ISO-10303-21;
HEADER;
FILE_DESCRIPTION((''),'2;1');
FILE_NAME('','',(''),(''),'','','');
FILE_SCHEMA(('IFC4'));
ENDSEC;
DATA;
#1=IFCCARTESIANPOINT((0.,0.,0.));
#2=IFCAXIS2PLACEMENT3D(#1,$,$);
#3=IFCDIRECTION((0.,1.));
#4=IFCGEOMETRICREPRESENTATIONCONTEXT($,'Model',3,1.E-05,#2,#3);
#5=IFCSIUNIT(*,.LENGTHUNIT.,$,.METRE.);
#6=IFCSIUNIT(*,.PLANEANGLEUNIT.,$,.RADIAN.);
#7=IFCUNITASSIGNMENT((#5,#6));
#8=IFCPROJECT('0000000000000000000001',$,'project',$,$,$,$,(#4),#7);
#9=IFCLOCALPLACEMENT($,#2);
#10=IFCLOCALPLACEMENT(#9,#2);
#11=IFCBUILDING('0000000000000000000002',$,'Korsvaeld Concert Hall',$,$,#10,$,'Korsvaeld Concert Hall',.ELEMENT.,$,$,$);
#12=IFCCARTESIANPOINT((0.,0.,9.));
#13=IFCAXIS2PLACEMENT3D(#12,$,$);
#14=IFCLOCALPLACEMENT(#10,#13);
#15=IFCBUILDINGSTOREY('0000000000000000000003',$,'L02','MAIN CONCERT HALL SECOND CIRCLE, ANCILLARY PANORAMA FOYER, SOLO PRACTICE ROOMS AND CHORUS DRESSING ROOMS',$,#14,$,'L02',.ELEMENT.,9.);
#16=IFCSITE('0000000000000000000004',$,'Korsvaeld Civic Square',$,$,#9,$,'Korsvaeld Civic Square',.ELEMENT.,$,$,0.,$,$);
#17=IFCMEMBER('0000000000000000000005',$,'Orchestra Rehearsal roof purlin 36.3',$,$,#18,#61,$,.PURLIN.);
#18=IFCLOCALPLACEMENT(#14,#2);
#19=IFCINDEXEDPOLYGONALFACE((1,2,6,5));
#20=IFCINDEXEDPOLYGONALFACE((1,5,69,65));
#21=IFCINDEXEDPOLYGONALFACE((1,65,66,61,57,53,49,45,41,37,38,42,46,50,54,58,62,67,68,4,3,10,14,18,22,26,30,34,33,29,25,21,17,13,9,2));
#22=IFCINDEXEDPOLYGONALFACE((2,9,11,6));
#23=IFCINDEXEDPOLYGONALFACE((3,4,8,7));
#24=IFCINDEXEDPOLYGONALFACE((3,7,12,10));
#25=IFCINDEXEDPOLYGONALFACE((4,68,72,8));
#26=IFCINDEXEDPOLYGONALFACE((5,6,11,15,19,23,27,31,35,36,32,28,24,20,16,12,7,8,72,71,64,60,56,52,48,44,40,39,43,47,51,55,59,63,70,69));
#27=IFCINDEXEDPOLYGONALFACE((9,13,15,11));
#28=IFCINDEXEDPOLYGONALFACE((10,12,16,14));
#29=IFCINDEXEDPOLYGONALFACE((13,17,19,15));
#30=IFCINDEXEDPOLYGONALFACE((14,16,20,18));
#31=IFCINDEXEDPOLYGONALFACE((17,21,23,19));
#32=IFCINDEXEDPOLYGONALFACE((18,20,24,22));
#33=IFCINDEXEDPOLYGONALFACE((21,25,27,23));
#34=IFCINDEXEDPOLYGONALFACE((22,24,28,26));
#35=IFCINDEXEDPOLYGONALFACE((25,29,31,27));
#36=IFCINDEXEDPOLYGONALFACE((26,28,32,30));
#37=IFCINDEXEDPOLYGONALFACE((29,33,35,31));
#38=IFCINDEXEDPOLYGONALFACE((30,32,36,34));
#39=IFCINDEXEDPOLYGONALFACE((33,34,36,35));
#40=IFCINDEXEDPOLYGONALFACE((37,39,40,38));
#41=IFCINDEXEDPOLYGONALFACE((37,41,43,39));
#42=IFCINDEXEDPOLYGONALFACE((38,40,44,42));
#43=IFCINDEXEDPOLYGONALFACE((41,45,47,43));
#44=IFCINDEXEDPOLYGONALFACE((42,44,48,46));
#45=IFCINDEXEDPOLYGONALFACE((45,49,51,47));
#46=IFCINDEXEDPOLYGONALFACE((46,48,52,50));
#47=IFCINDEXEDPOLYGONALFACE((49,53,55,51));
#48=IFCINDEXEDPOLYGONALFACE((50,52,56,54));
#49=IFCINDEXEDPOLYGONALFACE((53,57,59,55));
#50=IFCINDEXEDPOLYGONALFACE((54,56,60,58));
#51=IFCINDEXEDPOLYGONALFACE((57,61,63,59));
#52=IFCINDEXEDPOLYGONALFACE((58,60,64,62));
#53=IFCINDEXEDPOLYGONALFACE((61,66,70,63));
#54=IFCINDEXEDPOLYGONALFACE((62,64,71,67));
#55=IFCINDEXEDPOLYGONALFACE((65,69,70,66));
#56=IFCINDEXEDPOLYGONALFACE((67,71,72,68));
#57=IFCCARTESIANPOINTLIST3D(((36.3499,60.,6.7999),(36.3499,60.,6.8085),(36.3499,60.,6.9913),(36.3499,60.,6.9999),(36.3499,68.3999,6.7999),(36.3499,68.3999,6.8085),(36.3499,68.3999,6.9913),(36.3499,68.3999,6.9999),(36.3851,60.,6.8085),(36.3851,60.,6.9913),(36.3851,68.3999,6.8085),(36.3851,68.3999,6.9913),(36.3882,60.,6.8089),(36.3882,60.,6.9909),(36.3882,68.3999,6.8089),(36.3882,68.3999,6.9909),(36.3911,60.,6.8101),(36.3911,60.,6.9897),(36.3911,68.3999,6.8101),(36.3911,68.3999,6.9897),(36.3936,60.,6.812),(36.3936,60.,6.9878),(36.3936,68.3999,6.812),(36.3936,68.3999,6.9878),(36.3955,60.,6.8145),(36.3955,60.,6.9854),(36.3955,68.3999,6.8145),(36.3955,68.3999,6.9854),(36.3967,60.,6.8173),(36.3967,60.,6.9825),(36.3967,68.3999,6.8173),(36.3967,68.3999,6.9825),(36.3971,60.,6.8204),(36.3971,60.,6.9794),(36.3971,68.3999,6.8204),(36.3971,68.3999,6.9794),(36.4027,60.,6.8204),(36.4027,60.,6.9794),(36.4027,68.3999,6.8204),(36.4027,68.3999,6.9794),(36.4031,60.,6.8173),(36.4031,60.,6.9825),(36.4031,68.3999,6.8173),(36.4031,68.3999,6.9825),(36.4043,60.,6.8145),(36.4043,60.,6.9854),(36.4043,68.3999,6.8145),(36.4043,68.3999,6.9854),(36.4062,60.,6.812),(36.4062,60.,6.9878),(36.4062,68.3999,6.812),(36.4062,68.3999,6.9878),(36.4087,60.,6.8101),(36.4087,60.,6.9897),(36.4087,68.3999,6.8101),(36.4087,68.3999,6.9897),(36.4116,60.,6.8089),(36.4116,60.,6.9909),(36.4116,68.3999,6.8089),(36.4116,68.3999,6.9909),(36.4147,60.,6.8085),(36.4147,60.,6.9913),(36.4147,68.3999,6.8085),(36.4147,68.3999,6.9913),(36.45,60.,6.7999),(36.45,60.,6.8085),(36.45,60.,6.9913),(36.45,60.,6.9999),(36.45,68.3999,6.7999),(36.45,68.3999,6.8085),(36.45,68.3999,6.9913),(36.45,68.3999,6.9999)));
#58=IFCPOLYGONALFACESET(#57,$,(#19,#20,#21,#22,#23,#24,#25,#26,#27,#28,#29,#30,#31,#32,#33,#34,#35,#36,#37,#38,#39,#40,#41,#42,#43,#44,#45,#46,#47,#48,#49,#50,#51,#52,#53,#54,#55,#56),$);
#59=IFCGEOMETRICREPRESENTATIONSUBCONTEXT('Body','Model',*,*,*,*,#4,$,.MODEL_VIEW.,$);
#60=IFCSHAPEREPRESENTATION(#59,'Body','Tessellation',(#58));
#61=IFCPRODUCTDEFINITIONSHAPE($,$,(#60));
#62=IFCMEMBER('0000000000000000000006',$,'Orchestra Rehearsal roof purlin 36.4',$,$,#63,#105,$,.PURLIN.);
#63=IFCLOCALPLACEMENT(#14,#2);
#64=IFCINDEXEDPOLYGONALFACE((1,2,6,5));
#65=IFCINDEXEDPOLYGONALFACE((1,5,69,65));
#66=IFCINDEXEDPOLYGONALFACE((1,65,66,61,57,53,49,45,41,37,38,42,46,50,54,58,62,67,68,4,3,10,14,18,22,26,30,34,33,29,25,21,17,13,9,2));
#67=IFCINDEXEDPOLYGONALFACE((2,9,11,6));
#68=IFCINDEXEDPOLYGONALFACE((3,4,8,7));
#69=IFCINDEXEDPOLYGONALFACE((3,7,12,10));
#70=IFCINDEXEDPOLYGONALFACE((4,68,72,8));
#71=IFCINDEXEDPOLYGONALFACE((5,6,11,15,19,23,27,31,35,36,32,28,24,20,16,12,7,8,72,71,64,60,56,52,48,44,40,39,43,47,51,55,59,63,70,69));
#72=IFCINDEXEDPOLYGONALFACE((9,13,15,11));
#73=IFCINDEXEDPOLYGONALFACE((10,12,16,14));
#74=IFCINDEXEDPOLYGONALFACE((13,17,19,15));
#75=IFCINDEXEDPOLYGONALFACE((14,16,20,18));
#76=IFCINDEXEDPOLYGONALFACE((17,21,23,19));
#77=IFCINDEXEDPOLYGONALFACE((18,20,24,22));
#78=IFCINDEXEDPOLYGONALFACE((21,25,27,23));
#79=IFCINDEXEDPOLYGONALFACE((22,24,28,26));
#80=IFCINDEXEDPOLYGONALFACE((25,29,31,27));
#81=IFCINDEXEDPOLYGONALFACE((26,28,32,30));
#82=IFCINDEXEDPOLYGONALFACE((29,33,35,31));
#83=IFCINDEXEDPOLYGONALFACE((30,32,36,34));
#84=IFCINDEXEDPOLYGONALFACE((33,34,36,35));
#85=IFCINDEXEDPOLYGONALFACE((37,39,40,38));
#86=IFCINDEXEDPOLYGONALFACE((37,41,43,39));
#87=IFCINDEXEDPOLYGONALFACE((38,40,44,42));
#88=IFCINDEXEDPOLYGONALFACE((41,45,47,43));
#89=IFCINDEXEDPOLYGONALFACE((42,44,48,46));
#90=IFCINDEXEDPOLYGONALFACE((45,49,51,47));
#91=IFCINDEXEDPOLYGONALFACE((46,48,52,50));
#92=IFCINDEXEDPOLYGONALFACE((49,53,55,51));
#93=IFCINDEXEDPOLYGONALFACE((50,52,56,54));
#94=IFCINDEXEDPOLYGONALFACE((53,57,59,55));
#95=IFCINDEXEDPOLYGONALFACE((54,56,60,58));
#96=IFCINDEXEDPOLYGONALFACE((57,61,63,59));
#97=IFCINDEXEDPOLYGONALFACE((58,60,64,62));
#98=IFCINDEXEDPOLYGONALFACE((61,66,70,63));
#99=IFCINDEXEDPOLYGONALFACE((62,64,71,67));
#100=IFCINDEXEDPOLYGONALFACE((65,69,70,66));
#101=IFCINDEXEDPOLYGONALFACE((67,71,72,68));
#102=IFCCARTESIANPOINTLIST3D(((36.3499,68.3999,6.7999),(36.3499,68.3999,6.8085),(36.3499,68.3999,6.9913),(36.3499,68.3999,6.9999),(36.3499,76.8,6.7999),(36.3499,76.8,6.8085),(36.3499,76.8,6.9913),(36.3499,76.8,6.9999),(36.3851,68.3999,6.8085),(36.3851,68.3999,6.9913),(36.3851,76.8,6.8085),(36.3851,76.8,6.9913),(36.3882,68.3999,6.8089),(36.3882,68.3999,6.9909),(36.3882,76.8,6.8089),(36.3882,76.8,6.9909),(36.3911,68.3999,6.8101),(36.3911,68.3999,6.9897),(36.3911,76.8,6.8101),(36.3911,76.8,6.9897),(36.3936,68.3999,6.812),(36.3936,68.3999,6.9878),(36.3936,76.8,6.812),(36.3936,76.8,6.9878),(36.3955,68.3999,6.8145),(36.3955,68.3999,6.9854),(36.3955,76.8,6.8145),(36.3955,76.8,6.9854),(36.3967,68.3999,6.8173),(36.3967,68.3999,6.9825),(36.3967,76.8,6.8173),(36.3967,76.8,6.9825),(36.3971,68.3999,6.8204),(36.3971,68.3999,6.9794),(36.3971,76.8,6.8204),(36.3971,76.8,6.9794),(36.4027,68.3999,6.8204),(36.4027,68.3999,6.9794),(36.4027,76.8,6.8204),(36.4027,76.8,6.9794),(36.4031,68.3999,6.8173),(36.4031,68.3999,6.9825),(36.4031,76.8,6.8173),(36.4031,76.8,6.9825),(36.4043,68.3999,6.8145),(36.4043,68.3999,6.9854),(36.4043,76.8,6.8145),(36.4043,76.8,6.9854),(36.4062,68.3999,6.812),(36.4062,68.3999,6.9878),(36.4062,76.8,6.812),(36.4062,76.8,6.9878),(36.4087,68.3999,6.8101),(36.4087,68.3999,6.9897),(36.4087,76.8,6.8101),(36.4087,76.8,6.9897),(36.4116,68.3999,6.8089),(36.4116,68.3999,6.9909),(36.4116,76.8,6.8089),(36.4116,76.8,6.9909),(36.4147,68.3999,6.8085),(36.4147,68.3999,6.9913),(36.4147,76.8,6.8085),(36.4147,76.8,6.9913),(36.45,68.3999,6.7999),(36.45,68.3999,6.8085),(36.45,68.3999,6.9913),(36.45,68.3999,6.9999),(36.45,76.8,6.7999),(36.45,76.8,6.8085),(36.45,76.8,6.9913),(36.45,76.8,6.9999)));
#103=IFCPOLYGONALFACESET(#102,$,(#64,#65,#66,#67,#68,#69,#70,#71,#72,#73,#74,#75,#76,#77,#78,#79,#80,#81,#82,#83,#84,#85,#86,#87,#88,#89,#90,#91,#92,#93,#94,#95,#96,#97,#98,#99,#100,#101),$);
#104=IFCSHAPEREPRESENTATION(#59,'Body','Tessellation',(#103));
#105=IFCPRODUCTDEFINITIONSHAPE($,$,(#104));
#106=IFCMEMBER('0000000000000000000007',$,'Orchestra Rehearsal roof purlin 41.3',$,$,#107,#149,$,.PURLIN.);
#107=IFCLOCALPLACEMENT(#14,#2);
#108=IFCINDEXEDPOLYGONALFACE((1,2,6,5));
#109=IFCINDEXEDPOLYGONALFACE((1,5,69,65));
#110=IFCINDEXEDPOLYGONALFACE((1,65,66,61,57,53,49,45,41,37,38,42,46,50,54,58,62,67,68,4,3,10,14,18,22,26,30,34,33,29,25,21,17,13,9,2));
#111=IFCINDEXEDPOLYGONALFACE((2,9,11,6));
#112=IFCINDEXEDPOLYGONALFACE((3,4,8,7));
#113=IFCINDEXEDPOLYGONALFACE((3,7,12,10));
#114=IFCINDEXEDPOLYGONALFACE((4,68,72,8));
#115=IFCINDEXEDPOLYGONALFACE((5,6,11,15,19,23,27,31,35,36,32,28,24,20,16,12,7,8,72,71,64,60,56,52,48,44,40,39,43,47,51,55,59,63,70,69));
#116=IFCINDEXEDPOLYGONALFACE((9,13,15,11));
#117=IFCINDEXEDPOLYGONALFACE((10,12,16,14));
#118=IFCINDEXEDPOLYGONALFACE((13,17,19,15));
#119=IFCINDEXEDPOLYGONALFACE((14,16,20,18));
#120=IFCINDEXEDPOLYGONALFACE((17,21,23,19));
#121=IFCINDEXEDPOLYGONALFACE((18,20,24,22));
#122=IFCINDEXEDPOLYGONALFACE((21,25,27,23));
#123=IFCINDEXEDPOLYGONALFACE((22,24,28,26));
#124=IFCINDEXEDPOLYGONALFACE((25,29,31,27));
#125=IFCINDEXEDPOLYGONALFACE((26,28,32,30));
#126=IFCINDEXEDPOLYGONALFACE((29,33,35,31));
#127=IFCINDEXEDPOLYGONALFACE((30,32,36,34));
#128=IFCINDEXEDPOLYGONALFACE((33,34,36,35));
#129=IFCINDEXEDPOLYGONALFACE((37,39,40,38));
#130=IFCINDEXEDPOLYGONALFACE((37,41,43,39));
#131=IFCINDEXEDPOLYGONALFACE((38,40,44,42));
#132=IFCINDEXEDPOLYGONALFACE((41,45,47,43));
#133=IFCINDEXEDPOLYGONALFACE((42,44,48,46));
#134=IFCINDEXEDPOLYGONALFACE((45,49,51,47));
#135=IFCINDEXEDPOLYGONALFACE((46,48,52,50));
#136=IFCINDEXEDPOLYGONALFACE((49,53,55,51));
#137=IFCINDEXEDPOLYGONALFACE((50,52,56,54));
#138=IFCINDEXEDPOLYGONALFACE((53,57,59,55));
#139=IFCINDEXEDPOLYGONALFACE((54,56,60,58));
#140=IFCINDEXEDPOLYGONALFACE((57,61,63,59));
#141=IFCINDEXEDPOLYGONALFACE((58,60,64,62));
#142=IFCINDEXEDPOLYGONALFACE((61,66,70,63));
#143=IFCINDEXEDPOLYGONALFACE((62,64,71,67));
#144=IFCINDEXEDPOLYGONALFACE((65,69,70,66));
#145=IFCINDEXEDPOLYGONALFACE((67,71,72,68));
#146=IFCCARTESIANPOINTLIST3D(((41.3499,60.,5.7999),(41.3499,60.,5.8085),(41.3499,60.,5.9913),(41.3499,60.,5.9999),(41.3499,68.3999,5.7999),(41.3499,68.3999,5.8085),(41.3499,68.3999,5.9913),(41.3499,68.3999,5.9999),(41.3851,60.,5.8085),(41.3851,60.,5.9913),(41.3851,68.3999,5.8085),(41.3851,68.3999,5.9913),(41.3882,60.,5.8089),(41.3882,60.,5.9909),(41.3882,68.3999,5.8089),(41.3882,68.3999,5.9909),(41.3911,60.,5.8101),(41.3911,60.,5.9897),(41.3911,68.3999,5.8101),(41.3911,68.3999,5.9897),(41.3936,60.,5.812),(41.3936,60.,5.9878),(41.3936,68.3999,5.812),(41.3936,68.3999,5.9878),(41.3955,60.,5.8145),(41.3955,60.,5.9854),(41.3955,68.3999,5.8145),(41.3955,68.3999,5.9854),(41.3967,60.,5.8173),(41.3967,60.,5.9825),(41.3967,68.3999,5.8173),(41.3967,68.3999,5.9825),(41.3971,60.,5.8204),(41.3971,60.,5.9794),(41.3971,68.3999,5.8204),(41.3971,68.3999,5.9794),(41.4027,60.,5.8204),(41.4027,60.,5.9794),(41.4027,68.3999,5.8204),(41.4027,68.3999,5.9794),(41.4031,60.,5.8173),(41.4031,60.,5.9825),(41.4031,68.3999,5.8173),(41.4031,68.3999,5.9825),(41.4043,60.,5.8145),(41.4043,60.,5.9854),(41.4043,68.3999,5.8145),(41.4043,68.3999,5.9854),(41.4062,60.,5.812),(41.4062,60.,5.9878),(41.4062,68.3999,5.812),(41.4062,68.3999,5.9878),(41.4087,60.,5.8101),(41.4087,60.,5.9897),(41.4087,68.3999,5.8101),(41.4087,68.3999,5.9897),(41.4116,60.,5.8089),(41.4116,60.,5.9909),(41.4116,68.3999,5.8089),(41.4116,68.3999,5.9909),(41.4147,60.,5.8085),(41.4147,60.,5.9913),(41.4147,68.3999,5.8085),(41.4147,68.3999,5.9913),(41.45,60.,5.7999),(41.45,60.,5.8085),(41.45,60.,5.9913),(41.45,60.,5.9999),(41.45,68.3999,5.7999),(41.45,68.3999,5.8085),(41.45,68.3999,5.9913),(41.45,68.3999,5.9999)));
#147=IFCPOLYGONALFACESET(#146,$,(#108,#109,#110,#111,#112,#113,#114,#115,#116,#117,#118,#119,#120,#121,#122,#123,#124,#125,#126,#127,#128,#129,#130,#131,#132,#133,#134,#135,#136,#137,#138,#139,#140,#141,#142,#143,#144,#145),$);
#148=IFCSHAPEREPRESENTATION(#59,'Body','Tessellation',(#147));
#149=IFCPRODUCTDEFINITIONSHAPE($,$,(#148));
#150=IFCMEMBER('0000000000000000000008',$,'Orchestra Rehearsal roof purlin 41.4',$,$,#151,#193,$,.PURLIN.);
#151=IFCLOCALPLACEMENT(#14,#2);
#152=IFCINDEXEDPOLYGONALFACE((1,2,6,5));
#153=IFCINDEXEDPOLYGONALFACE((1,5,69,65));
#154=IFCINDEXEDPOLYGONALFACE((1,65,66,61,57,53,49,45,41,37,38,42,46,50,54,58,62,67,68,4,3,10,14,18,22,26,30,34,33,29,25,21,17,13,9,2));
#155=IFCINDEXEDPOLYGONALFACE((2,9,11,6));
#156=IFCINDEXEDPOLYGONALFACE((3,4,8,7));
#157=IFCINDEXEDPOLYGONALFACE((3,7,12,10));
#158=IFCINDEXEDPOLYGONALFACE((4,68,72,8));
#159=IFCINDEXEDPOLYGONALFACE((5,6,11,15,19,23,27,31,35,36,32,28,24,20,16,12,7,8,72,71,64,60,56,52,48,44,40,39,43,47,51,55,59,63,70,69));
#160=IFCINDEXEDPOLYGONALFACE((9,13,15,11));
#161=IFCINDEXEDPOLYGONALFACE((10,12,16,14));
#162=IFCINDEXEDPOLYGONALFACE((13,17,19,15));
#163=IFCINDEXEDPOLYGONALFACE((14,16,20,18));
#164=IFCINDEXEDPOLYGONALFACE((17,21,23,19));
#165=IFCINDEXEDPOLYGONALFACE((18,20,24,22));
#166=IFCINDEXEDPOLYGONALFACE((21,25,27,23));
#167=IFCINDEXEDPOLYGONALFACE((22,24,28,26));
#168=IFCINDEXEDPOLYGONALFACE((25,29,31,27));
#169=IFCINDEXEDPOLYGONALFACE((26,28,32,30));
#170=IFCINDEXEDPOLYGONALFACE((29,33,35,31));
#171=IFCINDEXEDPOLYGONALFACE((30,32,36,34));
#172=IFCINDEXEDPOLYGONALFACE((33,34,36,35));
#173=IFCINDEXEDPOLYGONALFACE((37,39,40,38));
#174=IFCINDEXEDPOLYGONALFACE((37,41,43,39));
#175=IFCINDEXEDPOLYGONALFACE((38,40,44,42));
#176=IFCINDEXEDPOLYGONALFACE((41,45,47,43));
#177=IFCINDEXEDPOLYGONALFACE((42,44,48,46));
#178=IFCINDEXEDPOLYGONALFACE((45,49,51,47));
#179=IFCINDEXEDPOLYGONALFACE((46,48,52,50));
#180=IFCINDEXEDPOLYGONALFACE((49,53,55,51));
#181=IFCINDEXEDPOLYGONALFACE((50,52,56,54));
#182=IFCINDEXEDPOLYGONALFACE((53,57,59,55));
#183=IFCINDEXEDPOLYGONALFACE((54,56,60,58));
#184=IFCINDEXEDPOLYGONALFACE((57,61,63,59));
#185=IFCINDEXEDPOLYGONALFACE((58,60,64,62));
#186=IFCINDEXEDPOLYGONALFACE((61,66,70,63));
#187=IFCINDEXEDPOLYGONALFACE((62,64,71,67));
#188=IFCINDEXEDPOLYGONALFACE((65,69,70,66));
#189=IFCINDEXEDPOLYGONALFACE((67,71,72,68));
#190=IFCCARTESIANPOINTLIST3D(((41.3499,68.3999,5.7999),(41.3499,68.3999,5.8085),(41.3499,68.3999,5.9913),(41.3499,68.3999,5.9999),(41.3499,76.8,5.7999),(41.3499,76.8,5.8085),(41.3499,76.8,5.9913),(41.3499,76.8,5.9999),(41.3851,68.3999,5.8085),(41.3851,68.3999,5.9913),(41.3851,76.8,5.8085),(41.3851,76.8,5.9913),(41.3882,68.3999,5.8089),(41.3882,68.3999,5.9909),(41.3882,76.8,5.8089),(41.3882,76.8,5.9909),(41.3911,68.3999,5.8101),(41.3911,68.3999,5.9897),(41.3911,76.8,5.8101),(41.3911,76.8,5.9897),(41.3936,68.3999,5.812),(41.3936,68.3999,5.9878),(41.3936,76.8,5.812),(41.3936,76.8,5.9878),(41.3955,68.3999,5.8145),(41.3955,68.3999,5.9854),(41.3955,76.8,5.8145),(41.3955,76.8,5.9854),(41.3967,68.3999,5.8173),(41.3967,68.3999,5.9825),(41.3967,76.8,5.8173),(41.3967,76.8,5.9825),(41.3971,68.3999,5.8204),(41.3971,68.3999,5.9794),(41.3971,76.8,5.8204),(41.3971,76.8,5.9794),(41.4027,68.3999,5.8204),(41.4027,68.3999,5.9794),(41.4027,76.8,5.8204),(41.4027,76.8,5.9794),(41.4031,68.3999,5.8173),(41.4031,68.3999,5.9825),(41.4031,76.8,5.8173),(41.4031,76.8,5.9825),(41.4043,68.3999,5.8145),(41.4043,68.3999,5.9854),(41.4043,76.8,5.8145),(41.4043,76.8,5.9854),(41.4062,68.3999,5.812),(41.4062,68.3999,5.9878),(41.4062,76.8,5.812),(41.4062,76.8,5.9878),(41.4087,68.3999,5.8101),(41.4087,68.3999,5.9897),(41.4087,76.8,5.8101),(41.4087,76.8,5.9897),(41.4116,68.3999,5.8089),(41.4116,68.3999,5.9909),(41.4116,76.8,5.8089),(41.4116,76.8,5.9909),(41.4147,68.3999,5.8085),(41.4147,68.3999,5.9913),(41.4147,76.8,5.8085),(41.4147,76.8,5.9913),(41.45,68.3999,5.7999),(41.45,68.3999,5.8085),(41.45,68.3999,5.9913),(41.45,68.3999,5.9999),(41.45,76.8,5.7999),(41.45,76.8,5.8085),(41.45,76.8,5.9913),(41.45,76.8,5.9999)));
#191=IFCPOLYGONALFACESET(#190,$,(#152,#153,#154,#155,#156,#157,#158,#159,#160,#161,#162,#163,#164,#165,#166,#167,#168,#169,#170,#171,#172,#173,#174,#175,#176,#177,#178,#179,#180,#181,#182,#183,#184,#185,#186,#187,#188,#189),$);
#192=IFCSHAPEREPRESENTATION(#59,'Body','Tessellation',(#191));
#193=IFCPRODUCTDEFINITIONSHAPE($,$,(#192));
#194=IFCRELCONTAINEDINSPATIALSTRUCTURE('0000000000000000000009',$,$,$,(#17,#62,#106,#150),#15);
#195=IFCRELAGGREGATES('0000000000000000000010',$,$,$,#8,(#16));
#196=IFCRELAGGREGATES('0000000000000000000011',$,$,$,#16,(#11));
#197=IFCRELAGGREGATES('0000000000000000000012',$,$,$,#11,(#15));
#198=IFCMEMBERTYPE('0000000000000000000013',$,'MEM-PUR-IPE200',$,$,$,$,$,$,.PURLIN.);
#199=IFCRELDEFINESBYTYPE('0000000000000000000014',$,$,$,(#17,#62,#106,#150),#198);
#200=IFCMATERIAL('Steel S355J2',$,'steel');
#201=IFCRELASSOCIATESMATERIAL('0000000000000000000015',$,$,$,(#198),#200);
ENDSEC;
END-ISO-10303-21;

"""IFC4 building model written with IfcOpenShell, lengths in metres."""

from ifc_helpers import new_model, si_unit, direction, frame, origin, origin_2d, place, context, subcontext, project, spatial, i_section, extrude, material, material_profile, profile_set, type_object, element, save


model = new_model("IFC4")

# Units and contexts
model_context = context("Model", 3, precision=1e-05, world=origin(), true_north=direction((0.0, 1.0)))
body_context = subcontext(model_context, "Body", "Model", "MODEL_VIEW")
ifc_project = project(units=[si_unit("LENGTHUNIT", "METRE"), si_unit("PLANEANGLEUNIT", "RADIAN")], contexts=[model_context])

# Site, building, storey
site_placement = place(None, origin())
site = spatial("IfcSite", under=ifc_project, at=site_placement, Name="Korsvaeld Civic Square", LongName="Korsvaeld Civic Square", CompositionType="ELEMENT", RefElevation=0.0)
building_placement = place(site_placement, origin())
building = spatial("IfcBuilding", under=site, at=building_placement, Name="Korsvaeld Concert Hall", LongName="Korsvaeld Concert Hall", CompositionType="ELEMENT")
storey_placement = place(building_placement, frame((0.0, 0.0, 9.0)))
storey = spatial("IfcBuildingStorey", under=building, at=storey_placement, Name="L02", Description="MAIN CONCERT HALL SECOND CIRCLE, ANCILLARY PANORAMA FOYER, SOLO PRACTICE ROOMS AND CHORUS DRESSING ROOMS", LongName="L02", CompositionType="ELEMENT", Elevation=9.0)

# Members
ifc_material_1 = material(Name="Steel S355J2", Category="steel")
ifc_material_profile_1 = material_profile(ifc_material_1, i_section(OverallWidth=0.1001, OverallDepth=0.2, WebThickness=0.0056, FlangeThickness=0.0085, FilletRadius=0.012, at=origin_2d()), Name="IPE 200")
ifc_profile_set_1 = profile_set([ifc_material_profile_1], Name="Steel S355J2")
member_type_1 = type_object("IfcMemberType", Name="MEM-PUR-IPE200", PredefinedType="PURLIN", material=ifc_profile_set_1)
member_1_placement = place(storey_placement, frame((36.3999, 60.0, 6.8999), z_axis=(0.0, 1.0, 0.0), x_axis=(-1.0, 0.0, 0.0)))
element("IfcMember", 1, at=member_1_placement, inside=storey, type_object=member_type_1, Name="Orchestra Rehearsal roof purlin 36.3", PredefinedType="PURLIN", context=body_context, shape_type="SweptSolid", body=[
    extrude(i_section(OverallWidth=0.1001, OverallDepth=0.2, WebThickness=0.0056, FlangeThickness=0.0085, FilletRadius=0.012, at=origin_2d()), origin(), (0.0, 0.0, 1.0), 8.3999),
])
member_2_placement = place(storey_placement, frame((36.3999, 68.3999, 6.8999), z_axis=(0.0, 1.0, 0.0), x_axis=(-1.0, 0.0, 0.0)))
element("IfcMember", 2, at=member_2_placement, inside=storey, type_object=member_type_1, Name="Orchestra Rehearsal roof purlin 36.4", PredefinedType="PURLIN", context=body_context, shape_type="SweptSolid", body=[
    extrude(i_section(OverallWidth=0.1001, OverallDepth=0.2, WebThickness=0.0056, FlangeThickness=0.0085, FilletRadius=0.012, at=origin_2d()), origin(), (0.0, 0.0, 1.0), 8.4001),
])
member_3_placement = place(storey_placement, frame((41.3999, 60.0, 5.8999), z_axis=(0.0, 1.0, 0.0), x_axis=(-1.0, 0.0, 0.0)))
element("IfcMember", 3, at=member_3_placement, inside=storey, type_object=member_type_1, Name="Orchestra Rehearsal roof purlin 41.3", PredefinedType="PURLIN", context=body_context, shape_type="SweptSolid", body=[
    extrude(i_section(OverallWidth=0.1001, OverallDepth=0.2, WebThickness=0.0056, FlangeThickness=0.0085, FilletRadius=0.012, at=origin_2d()), origin(), (0.0, 0.0, 1.0), 8.3999),
])
member_4_placement = place(storey_placement, frame((41.3999, 68.3999, 5.8999), z_axis=(0.0, 1.0, 0.0), x_axis=(-1.0, 0.0, 0.0)))
element("IfcMember", 4, at=member_4_placement, inside=storey, type_object=member_type_1, Name="Orchestra Rehearsal roof purlin 41.4", PredefinedType="PURLIN", context=body_context, shape_type="SweptSolid", body=[
    extrude(i_section(OverallWidth=0.1001, OverallDepth=0.2, WebThickness=0.0056, FlangeThickness=0.0085, FilletRadius=0.012, at=origin_2d()), origin(), (0.0, 0.0, 1.0), 8.4001),
])

save(model, "model.ifc")
